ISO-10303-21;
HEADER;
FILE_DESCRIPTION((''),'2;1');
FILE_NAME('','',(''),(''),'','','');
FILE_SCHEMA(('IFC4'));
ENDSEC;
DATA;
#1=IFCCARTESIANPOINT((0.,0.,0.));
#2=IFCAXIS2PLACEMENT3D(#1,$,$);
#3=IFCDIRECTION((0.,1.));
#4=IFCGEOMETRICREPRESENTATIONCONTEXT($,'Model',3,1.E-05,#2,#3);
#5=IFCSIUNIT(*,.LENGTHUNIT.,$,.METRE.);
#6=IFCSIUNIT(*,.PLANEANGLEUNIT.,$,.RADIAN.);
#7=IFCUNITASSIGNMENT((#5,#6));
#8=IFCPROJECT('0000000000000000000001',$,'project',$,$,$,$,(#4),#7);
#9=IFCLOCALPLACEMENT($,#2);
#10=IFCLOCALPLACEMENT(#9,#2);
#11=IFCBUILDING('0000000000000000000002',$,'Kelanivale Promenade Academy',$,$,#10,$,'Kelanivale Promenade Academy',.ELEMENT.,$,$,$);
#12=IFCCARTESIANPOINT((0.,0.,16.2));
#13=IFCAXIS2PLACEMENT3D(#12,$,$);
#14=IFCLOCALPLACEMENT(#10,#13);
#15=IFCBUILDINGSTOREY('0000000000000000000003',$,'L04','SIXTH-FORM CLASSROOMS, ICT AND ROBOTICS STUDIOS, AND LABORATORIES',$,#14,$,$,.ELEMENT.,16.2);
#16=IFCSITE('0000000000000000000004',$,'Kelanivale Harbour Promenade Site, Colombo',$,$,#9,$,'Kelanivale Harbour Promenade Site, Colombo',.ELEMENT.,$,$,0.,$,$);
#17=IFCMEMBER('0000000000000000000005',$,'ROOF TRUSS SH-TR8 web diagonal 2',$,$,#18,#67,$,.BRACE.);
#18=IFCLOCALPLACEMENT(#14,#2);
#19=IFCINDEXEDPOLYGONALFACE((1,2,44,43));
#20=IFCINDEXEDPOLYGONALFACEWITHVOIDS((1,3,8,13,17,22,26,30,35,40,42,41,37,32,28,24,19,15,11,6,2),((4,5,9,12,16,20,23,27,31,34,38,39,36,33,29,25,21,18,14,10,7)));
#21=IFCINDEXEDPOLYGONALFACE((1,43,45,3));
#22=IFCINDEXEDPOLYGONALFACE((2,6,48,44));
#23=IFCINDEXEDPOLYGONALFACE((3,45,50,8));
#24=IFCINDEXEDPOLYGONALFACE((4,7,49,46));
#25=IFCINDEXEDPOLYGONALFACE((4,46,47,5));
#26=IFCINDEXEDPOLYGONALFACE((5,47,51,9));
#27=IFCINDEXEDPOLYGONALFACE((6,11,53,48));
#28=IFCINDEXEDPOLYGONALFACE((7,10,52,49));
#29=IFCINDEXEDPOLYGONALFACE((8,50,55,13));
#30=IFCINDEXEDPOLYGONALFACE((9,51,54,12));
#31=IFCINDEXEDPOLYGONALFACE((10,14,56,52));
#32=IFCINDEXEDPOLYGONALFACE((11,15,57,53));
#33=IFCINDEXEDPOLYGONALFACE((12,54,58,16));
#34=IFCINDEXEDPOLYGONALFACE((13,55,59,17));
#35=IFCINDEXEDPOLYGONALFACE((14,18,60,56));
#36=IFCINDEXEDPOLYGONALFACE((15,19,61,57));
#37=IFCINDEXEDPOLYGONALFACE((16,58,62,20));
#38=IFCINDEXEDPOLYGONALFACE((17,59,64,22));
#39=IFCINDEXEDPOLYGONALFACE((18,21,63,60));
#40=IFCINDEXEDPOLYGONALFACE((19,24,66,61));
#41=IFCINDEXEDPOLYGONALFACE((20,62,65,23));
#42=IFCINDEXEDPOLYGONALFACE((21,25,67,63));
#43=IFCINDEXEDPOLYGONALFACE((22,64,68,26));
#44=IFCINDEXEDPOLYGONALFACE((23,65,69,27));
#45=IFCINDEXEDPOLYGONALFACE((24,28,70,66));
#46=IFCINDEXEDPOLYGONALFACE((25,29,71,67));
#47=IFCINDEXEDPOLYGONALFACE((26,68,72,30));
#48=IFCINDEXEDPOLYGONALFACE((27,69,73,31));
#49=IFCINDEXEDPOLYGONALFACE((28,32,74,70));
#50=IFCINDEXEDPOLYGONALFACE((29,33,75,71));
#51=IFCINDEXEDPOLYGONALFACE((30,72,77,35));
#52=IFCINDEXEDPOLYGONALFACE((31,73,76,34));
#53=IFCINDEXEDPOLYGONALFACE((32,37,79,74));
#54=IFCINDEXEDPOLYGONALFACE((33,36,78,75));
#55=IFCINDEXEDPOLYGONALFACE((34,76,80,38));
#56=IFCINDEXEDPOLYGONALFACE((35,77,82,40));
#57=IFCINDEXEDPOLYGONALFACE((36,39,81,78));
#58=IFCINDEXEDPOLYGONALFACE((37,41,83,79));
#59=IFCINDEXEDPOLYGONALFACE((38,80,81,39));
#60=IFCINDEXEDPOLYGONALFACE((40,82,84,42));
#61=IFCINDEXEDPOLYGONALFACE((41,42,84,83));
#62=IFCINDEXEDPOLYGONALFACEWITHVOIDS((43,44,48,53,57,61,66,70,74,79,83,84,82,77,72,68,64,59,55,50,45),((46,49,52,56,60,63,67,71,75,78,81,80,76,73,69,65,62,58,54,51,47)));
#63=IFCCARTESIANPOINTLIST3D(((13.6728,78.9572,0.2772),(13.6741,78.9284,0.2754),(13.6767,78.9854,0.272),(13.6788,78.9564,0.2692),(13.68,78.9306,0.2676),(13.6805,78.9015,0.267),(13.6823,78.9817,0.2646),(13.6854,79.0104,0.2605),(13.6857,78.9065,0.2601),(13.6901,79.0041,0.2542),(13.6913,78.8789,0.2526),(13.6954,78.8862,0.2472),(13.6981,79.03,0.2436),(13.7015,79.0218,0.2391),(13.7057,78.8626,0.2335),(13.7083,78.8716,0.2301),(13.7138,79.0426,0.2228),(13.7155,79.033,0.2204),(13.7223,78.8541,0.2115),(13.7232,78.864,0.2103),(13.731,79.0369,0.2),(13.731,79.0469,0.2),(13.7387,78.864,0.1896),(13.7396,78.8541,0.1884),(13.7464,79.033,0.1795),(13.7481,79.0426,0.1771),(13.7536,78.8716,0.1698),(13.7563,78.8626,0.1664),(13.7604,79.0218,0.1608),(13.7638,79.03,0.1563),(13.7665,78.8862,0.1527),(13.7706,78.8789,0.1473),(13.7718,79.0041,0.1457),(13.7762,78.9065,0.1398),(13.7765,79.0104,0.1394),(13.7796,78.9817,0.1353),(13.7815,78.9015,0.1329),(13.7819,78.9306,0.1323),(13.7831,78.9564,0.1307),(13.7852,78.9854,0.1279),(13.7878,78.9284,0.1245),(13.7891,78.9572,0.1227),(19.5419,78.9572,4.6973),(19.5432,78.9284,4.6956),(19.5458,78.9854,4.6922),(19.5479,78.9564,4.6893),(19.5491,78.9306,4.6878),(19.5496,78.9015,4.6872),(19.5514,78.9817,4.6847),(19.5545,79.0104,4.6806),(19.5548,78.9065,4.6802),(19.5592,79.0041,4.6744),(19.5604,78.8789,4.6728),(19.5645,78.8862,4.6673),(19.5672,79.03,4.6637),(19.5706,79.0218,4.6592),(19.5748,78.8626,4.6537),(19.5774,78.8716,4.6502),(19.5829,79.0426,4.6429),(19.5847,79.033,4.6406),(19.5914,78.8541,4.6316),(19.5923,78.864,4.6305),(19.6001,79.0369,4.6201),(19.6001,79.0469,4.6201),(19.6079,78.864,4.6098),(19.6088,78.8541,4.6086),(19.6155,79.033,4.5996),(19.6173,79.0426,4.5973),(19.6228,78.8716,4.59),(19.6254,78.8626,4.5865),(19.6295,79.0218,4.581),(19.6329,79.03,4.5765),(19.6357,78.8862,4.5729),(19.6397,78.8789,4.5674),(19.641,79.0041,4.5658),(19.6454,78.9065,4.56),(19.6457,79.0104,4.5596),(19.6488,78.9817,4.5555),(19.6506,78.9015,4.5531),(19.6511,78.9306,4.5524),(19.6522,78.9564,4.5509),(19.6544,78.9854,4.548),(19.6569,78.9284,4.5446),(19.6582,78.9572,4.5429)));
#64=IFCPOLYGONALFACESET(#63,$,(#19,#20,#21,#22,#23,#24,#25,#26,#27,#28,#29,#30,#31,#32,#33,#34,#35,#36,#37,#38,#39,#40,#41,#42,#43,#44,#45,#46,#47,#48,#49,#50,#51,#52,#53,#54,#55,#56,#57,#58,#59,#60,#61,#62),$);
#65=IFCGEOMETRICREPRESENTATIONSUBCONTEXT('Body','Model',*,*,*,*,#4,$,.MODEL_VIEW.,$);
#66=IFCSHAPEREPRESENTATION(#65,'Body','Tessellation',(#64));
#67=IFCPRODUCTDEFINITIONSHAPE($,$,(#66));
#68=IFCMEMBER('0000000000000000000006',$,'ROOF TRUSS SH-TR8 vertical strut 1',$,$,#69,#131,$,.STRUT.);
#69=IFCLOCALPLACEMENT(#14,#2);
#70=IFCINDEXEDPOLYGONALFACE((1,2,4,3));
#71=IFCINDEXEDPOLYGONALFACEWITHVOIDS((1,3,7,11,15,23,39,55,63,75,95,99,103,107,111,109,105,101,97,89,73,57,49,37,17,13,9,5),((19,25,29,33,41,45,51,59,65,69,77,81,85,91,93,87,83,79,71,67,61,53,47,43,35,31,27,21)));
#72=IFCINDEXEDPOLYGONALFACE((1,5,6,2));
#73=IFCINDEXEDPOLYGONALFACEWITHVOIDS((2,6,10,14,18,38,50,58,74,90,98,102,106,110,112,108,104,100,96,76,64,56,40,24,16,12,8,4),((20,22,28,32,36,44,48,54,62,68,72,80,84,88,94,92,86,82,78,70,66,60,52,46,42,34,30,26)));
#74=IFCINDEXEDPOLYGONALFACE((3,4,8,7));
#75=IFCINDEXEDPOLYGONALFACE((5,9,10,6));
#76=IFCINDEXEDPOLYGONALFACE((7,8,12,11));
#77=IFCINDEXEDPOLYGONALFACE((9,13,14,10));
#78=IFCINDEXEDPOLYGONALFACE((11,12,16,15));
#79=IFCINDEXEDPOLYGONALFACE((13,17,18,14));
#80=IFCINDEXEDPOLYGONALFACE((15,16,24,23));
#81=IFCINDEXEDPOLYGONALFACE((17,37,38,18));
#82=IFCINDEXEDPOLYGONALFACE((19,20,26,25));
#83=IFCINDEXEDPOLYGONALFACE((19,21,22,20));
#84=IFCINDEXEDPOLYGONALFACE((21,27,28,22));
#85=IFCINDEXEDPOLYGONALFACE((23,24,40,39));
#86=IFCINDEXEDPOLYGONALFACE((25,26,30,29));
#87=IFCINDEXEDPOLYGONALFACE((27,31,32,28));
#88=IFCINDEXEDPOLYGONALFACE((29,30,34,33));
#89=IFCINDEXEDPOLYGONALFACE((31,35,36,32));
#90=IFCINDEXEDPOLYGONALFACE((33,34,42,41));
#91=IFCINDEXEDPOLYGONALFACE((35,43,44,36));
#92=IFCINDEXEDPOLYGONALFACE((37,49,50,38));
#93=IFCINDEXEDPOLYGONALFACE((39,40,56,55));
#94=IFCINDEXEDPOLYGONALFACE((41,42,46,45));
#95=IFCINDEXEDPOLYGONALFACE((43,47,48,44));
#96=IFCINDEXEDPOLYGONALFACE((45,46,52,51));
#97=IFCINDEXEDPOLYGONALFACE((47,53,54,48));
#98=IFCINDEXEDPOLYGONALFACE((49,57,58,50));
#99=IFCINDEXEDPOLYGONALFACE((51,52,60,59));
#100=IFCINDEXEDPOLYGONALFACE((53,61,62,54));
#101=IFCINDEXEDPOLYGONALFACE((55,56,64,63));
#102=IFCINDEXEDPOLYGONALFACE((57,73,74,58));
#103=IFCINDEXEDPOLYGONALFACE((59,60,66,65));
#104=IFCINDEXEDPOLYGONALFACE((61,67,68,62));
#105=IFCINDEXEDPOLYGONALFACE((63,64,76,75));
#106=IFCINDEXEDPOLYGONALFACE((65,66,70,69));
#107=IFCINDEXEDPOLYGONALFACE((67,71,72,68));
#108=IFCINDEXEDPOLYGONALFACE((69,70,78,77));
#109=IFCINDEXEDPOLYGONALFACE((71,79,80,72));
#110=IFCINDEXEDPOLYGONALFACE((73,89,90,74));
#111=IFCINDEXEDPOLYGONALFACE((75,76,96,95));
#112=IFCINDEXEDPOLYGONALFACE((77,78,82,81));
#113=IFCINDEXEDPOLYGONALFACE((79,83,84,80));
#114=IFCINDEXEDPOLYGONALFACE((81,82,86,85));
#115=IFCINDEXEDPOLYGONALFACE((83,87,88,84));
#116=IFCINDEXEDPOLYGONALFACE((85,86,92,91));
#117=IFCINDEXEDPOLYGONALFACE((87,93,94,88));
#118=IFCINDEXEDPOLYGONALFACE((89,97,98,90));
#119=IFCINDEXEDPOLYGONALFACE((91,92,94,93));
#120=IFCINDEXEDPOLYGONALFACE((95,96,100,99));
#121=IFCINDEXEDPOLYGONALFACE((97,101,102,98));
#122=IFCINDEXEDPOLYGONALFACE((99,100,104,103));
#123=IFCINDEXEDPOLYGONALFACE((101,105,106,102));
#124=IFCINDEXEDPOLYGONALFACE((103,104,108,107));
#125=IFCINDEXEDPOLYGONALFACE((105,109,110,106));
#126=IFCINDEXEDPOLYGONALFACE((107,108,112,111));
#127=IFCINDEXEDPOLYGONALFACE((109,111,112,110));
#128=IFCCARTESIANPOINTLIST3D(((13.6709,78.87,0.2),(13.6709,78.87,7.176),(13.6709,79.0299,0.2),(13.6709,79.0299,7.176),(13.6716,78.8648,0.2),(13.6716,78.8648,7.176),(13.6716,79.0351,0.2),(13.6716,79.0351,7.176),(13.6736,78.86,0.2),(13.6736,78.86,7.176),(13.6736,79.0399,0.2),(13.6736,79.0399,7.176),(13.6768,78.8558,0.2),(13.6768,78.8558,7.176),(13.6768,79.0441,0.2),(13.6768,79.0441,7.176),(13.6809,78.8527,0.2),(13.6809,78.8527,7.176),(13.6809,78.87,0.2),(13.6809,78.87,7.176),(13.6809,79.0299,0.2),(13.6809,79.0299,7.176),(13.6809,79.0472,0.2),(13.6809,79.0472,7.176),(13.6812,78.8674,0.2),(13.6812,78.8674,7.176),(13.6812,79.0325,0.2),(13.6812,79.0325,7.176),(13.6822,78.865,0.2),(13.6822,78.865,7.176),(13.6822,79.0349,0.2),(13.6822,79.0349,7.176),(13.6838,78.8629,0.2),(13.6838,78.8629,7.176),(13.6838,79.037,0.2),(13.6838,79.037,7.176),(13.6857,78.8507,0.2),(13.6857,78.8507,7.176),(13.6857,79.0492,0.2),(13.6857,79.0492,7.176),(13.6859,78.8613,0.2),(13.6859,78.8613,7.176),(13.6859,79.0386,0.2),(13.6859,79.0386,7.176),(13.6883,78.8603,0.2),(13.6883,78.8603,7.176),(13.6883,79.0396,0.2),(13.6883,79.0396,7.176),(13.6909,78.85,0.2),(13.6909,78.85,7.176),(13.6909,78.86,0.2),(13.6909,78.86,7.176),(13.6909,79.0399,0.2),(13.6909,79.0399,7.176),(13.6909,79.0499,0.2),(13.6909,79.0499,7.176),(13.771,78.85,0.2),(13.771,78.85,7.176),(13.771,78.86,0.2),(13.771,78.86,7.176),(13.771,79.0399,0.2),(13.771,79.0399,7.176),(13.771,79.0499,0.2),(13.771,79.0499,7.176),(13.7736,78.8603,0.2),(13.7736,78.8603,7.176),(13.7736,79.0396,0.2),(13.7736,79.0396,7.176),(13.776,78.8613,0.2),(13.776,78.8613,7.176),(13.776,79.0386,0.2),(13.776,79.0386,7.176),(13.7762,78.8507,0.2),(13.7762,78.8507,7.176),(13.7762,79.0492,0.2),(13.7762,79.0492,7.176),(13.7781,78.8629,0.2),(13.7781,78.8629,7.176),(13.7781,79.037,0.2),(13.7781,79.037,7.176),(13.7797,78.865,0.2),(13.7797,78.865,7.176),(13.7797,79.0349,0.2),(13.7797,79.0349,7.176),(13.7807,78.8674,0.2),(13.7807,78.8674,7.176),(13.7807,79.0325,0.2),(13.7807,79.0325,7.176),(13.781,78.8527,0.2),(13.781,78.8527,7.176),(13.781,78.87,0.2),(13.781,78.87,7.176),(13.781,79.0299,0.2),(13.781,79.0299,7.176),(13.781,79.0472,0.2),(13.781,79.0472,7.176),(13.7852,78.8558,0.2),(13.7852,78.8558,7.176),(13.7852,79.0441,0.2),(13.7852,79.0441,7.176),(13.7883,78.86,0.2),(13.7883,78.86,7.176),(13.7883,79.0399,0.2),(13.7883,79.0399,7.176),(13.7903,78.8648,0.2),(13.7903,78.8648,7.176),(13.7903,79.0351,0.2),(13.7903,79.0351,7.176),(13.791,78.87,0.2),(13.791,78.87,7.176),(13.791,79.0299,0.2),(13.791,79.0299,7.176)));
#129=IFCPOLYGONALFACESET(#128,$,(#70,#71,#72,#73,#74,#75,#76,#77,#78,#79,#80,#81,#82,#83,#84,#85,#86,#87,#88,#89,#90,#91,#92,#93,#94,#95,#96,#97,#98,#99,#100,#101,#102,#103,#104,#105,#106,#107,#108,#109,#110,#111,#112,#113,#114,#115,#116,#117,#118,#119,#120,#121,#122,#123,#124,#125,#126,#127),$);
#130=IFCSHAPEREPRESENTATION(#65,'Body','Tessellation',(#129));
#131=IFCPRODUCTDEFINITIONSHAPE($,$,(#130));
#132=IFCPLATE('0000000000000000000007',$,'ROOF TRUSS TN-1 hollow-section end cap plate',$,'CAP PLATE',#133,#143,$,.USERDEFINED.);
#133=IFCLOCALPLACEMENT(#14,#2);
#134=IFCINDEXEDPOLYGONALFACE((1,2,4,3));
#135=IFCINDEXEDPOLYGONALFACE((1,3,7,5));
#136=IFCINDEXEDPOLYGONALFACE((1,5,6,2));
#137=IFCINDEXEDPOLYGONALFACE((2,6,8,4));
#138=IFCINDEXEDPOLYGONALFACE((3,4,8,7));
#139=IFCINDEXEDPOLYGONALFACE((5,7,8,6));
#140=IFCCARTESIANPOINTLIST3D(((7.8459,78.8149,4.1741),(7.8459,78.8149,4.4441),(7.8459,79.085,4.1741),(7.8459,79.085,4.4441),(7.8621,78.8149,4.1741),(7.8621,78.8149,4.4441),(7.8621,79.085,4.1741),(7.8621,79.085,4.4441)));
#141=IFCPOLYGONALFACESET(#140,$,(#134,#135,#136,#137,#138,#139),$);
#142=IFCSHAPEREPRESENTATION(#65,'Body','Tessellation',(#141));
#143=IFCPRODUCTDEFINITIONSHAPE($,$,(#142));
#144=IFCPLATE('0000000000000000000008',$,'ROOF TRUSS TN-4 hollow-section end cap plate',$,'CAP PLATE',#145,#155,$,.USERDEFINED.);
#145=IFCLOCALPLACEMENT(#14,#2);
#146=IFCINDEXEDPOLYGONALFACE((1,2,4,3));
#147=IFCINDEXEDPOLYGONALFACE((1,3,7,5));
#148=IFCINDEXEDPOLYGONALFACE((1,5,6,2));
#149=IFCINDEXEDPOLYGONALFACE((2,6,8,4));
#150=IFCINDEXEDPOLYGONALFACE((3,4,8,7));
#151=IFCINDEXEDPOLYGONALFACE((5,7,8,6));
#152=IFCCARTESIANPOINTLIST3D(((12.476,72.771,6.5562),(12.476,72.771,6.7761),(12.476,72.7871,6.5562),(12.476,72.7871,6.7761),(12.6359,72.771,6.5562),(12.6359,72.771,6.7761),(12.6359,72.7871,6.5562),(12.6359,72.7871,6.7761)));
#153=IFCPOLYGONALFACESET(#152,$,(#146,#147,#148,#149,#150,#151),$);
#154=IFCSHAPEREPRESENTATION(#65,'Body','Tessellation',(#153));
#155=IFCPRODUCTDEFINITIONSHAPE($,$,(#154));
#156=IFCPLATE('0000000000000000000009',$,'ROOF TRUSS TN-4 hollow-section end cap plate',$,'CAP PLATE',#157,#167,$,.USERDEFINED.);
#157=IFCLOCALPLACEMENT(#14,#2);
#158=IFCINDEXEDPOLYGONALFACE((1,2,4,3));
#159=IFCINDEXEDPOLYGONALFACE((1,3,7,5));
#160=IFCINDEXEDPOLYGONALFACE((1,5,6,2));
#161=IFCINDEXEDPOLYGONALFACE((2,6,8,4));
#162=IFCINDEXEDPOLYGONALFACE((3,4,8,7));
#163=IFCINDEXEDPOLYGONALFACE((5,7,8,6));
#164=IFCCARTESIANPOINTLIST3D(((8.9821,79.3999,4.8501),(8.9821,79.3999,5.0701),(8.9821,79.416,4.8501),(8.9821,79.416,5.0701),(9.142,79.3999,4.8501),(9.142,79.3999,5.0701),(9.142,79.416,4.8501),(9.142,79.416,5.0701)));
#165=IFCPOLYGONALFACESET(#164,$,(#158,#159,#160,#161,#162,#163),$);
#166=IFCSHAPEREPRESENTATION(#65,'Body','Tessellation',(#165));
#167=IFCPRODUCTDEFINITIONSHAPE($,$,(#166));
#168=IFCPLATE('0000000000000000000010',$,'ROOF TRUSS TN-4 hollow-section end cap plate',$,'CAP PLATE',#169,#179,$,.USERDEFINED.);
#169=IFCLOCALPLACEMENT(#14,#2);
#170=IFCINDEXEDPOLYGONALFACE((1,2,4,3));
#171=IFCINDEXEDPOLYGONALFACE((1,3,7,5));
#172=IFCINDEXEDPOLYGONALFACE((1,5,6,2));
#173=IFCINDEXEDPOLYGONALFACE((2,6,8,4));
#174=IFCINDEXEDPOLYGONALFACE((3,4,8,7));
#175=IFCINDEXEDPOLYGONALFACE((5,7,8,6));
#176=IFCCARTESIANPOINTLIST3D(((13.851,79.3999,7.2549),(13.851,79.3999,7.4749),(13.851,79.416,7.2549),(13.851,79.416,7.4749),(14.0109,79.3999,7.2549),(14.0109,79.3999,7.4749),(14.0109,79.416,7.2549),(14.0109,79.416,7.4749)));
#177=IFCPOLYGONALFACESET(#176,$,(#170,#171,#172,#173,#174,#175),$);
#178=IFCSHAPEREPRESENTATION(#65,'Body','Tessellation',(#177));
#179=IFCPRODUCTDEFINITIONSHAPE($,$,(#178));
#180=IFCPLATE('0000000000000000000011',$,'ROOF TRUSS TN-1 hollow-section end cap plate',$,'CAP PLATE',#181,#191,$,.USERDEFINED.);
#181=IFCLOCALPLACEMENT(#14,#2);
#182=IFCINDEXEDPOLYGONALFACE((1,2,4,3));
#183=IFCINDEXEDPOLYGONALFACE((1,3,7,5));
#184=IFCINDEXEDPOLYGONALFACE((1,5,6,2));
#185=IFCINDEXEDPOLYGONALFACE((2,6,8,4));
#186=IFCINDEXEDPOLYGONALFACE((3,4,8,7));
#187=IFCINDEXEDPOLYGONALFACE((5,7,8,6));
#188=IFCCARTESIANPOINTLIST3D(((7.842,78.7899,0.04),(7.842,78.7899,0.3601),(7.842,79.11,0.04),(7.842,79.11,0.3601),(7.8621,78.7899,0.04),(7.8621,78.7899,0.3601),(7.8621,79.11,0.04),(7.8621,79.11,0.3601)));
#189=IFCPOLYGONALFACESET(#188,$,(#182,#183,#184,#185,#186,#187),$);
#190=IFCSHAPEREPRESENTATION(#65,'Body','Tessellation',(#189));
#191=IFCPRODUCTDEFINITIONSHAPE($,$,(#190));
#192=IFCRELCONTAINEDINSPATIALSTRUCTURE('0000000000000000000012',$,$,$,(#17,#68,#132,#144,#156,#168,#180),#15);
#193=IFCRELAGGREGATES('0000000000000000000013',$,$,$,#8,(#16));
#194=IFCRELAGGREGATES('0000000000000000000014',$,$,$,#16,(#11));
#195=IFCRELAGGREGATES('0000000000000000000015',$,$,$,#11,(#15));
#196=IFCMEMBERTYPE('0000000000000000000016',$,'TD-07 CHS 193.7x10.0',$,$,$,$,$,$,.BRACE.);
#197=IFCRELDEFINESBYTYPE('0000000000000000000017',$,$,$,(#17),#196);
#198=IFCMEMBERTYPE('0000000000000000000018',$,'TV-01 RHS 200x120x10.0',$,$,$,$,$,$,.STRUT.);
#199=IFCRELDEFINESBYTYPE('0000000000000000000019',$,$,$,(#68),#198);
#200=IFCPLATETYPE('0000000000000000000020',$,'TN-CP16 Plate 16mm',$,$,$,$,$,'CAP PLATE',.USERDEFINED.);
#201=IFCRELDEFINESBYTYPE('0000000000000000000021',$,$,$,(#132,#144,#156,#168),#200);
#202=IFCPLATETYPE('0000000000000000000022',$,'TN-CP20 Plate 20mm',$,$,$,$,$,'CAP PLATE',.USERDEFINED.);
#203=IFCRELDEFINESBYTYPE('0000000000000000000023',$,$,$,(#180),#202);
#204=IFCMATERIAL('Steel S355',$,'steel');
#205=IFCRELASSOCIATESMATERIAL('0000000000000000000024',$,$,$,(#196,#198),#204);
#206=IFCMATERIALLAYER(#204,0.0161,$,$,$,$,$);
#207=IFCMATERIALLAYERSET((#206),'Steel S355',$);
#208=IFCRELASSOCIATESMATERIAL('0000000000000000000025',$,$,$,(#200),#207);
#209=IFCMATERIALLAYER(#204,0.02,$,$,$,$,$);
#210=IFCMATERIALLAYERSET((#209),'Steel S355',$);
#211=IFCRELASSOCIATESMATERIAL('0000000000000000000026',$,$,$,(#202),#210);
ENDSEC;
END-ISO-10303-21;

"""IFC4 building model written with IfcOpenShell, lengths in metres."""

from ifc_helpers import new_model, si_unit, direction, frame, origin, origin_2d, place, context, subcontext, project, spatial, rectangle, hollow_rectangle, hollow_circle, extrude, material, layer, layer_set, material_profile, profile_set, type_object, element, save


model = new_model("IFC4")

# Units and contexts
model_context = context("Model", 3, precision=1e-05, world=origin(), true_north=direction((0.0, 1.0)))
body_context = subcontext(model_context, "Body", "Model", "MODEL_VIEW")
ifc_project = project(units=[si_unit("LENGTHUNIT", "METRE"), si_unit("PLANEANGLEUNIT", "RADIAN")], contexts=[model_context])

# Site, building, storey
site_placement = place(None, origin())
site = spatial("IfcSite", under=ifc_project, at=site_placement, Name="Kelanivale Harbour Promenade Site, Colombo", LongName="Kelanivale Harbour Promenade Site, Colombo", CompositionType="ELEMENT", RefElevation=0.0)
building_placement = place(site_placement, origin())
building = spatial("IfcBuilding", under=site, at=building_placement, Name="Kelanivale Promenade Academy", LongName="Kelanivale Promenade Academy", CompositionType="ELEMENT")
storey_placement = place(building_placement, frame((0.0, 0.0, 16.2)))
storey = spatial("IfcBuildingStorey", under=building, at=storey_placement, Name="L04", Description="SIXTH-FORM CLASSROOMS, ICT AND ROBOTICS STUDIOS, AND LABORATORIES", CompositionType="ELEMENT", Elevation=16.2)

# Shared definitions
ifc_material_1 = material(Name="Steel S355", Category="steel")

# Members
ifc_material_profile_1 = material_profile(ifc_material_1, hollow_circle(Radius=0.0969, WallThickness=0.01, at=origin_2d()), Name="CHS 193.7x10.0")
ifc_profile_set_1 = profile_set([ifc_material_profile_1], Name="Steel S355")
member_type_1 = type_object("IfcMemberType", Name="TD-07 CHS 193.7x10.0", PredefinedType="BRACE", material=ifc_profile_set_1)
member_1_placement = place(storey_placement, frame((13.731, 78.95, 0.2), z_axis=(0.798802, 0.0, 0.601594), x_axis=(0.0, 1.0, 0.0)))
element("IfcMember", 1, at=member_1_placement, inside=storey, type_object=member_type_1, Name="ROOF TRUSS SH-TR8 web diagonal 2", PredefinedType="BRACE", context=body_context, shape_type="SweptSolid", body=[
    extrude(hollow_circle(Radius=0.0969, WallThickness=0.01, at=origin_2d()), origin(), (0.0, 0.0, 1.0), 7.3474),
])
ifc_material_profile_2 = material_profile(ifc_material_1, hollow_rectangle(XDim=0.1201, YDim=0.2, WallThickness=0.01, InnerFilletRadius=0.01, OuterFilletRadius=0.02, at=origin_2d()), Name="RHS 200x120x10.0")
ifc_profile_set_2 = profile_set([ifc_material_profile_2], Name="Steel S355")
member_type_2 = type_object("IfcMemberType", Name="TV-01 RHS 200x120x10.0", PredefinedType="STRUT", material=ifc_profile_set_2)
member_2_placement = place(storey_placement, frame((13.731, 78.95, 0.2), z_axis=(0.0, 0.0, 1.0), x_axis=(1.0, 0.0, 0.0)))
element("IfcMember", 2, at=member_2_placement, inside=storey, type_object=member_type_2, Name="ROOF TRUSS SH-TR8 vertical strut 1", PredefinedType="STRUT", context=body_context, shape_type="SweptSolid", body=[
    extrude(hollow_rectangle(XDim=0.1201, YDim=0.2, WallThickness=0.01, InnerFilletRadius=0.01, OuterFilletRadius=0.02, at=origin_2d()), origin(), (0.0, 0.0, 1.0), 6.9761),
])

# Plates
ifc_layer_1 = layer(ifc_material_1, 0.0161)
ifc_layer_set_1 = layer_set([ifc_layer_1], Name="Steel S355")
plate_type_1 = type_object("IfcPlateType", Name="TN-CP16 Plate 16mm", ElementType="CAP PLATE", PredefinedType="USERDEFINED", material=ifc_layer_set_1)
plate_1_placement = place(storey_placement, frame((7.854, 78.95, 4.1741), z_axis=(0.0, 0.0, 1.0), x_axis=(-1.0, 0.0, 0.0)))
element("IfcPlate", 3, at=plate_1_placement, inside=storey, type_object=plate_type_1, Name="ROOF TRUSS TN-1 hollow-section end cap plate", ObjectType="CAP PLATE", PredefinedType="USERDEFINED", context=body_context, shape_type="SweptSolid", body=[
    extrude(rectangle(XDim=0.0161, YDim=0.27, at=origin_2d()), origin(), (0.0, 0.0, 1.0), 0.27),
])
for number, where, z_axis, x_axis, name in (
    (4, (12.5559, 72.7791, 6.5562), (0.0, 0.0, 1.0), (0.0, 1.0, 0.0), "ROOF TRUSS TN-4 hollow-section end cap plate"),
    (5, (9.062, 79.408, 4.8501), (0.0, 0.0, 1.0), (0.0, 1.0, 0.0), "ROOF TRUSS TN-4 hollow-section end cap plate"),
    (6, (13.9309, 79.408, 7.2549), (0.0, 0.0, 1.0), (0.0, 1.0, 0.0), "ROOF TRUSS TN-4 hollow-section end cap plate"),
):
    element("IfcPlate", number, at=place(storey_placement, frame(where, z_axis=z_axis, x_axis=x_axis)), inside=storey, type_object=plate_type_1, Name=name, ObjectType="CAP PLATE", PredefinedType="USERDEFINED", context=body_context, shape_type="SweptSolid", body=[
        extrude(rectangle(XDim=0.0161, YDim=0.1599, at=origin_2d()), origin(), (0.0, 0.0, 1.0), 0.22),
    ])
ifc_layer_2 = layer(ifc_material_1, 0.02)
ifc_layer_set_2 = layer_set([ifc_layer_2], Name="Steel S355")
plate_type_2 = type_object("IfcPlateType", Name="TN-CP20 Plate 20mm", ElementType="CAP PLATE", PredefinedType="USERDEFINED", material=ifc_layer_set_2)
plate_2_placement = place(storey_placement, frame((7.8521, 78.95, 0.04), z_axis=(0.0, 0.0, 1.0), x_axis=(-1.0, 0.0, 0.0)))
element("IfcPlate", 7, at=plate_2_placement, inside=storey, type_object=plate_type_2, Name="ROOF TRUSS TN-1 hollow-section end cap plate", ObjectType="CAP PLATE", PredefinedType="USERDEFINED", context=body_context, shape_type="SweptSolid", body=[
    extrude(rectangle(XDim=0.02, YDim=0.3201, at=origin_2d()), origin(), (0.0, 0.0, 1.0), 0.3201),
])

save(model, "model.ifc")
